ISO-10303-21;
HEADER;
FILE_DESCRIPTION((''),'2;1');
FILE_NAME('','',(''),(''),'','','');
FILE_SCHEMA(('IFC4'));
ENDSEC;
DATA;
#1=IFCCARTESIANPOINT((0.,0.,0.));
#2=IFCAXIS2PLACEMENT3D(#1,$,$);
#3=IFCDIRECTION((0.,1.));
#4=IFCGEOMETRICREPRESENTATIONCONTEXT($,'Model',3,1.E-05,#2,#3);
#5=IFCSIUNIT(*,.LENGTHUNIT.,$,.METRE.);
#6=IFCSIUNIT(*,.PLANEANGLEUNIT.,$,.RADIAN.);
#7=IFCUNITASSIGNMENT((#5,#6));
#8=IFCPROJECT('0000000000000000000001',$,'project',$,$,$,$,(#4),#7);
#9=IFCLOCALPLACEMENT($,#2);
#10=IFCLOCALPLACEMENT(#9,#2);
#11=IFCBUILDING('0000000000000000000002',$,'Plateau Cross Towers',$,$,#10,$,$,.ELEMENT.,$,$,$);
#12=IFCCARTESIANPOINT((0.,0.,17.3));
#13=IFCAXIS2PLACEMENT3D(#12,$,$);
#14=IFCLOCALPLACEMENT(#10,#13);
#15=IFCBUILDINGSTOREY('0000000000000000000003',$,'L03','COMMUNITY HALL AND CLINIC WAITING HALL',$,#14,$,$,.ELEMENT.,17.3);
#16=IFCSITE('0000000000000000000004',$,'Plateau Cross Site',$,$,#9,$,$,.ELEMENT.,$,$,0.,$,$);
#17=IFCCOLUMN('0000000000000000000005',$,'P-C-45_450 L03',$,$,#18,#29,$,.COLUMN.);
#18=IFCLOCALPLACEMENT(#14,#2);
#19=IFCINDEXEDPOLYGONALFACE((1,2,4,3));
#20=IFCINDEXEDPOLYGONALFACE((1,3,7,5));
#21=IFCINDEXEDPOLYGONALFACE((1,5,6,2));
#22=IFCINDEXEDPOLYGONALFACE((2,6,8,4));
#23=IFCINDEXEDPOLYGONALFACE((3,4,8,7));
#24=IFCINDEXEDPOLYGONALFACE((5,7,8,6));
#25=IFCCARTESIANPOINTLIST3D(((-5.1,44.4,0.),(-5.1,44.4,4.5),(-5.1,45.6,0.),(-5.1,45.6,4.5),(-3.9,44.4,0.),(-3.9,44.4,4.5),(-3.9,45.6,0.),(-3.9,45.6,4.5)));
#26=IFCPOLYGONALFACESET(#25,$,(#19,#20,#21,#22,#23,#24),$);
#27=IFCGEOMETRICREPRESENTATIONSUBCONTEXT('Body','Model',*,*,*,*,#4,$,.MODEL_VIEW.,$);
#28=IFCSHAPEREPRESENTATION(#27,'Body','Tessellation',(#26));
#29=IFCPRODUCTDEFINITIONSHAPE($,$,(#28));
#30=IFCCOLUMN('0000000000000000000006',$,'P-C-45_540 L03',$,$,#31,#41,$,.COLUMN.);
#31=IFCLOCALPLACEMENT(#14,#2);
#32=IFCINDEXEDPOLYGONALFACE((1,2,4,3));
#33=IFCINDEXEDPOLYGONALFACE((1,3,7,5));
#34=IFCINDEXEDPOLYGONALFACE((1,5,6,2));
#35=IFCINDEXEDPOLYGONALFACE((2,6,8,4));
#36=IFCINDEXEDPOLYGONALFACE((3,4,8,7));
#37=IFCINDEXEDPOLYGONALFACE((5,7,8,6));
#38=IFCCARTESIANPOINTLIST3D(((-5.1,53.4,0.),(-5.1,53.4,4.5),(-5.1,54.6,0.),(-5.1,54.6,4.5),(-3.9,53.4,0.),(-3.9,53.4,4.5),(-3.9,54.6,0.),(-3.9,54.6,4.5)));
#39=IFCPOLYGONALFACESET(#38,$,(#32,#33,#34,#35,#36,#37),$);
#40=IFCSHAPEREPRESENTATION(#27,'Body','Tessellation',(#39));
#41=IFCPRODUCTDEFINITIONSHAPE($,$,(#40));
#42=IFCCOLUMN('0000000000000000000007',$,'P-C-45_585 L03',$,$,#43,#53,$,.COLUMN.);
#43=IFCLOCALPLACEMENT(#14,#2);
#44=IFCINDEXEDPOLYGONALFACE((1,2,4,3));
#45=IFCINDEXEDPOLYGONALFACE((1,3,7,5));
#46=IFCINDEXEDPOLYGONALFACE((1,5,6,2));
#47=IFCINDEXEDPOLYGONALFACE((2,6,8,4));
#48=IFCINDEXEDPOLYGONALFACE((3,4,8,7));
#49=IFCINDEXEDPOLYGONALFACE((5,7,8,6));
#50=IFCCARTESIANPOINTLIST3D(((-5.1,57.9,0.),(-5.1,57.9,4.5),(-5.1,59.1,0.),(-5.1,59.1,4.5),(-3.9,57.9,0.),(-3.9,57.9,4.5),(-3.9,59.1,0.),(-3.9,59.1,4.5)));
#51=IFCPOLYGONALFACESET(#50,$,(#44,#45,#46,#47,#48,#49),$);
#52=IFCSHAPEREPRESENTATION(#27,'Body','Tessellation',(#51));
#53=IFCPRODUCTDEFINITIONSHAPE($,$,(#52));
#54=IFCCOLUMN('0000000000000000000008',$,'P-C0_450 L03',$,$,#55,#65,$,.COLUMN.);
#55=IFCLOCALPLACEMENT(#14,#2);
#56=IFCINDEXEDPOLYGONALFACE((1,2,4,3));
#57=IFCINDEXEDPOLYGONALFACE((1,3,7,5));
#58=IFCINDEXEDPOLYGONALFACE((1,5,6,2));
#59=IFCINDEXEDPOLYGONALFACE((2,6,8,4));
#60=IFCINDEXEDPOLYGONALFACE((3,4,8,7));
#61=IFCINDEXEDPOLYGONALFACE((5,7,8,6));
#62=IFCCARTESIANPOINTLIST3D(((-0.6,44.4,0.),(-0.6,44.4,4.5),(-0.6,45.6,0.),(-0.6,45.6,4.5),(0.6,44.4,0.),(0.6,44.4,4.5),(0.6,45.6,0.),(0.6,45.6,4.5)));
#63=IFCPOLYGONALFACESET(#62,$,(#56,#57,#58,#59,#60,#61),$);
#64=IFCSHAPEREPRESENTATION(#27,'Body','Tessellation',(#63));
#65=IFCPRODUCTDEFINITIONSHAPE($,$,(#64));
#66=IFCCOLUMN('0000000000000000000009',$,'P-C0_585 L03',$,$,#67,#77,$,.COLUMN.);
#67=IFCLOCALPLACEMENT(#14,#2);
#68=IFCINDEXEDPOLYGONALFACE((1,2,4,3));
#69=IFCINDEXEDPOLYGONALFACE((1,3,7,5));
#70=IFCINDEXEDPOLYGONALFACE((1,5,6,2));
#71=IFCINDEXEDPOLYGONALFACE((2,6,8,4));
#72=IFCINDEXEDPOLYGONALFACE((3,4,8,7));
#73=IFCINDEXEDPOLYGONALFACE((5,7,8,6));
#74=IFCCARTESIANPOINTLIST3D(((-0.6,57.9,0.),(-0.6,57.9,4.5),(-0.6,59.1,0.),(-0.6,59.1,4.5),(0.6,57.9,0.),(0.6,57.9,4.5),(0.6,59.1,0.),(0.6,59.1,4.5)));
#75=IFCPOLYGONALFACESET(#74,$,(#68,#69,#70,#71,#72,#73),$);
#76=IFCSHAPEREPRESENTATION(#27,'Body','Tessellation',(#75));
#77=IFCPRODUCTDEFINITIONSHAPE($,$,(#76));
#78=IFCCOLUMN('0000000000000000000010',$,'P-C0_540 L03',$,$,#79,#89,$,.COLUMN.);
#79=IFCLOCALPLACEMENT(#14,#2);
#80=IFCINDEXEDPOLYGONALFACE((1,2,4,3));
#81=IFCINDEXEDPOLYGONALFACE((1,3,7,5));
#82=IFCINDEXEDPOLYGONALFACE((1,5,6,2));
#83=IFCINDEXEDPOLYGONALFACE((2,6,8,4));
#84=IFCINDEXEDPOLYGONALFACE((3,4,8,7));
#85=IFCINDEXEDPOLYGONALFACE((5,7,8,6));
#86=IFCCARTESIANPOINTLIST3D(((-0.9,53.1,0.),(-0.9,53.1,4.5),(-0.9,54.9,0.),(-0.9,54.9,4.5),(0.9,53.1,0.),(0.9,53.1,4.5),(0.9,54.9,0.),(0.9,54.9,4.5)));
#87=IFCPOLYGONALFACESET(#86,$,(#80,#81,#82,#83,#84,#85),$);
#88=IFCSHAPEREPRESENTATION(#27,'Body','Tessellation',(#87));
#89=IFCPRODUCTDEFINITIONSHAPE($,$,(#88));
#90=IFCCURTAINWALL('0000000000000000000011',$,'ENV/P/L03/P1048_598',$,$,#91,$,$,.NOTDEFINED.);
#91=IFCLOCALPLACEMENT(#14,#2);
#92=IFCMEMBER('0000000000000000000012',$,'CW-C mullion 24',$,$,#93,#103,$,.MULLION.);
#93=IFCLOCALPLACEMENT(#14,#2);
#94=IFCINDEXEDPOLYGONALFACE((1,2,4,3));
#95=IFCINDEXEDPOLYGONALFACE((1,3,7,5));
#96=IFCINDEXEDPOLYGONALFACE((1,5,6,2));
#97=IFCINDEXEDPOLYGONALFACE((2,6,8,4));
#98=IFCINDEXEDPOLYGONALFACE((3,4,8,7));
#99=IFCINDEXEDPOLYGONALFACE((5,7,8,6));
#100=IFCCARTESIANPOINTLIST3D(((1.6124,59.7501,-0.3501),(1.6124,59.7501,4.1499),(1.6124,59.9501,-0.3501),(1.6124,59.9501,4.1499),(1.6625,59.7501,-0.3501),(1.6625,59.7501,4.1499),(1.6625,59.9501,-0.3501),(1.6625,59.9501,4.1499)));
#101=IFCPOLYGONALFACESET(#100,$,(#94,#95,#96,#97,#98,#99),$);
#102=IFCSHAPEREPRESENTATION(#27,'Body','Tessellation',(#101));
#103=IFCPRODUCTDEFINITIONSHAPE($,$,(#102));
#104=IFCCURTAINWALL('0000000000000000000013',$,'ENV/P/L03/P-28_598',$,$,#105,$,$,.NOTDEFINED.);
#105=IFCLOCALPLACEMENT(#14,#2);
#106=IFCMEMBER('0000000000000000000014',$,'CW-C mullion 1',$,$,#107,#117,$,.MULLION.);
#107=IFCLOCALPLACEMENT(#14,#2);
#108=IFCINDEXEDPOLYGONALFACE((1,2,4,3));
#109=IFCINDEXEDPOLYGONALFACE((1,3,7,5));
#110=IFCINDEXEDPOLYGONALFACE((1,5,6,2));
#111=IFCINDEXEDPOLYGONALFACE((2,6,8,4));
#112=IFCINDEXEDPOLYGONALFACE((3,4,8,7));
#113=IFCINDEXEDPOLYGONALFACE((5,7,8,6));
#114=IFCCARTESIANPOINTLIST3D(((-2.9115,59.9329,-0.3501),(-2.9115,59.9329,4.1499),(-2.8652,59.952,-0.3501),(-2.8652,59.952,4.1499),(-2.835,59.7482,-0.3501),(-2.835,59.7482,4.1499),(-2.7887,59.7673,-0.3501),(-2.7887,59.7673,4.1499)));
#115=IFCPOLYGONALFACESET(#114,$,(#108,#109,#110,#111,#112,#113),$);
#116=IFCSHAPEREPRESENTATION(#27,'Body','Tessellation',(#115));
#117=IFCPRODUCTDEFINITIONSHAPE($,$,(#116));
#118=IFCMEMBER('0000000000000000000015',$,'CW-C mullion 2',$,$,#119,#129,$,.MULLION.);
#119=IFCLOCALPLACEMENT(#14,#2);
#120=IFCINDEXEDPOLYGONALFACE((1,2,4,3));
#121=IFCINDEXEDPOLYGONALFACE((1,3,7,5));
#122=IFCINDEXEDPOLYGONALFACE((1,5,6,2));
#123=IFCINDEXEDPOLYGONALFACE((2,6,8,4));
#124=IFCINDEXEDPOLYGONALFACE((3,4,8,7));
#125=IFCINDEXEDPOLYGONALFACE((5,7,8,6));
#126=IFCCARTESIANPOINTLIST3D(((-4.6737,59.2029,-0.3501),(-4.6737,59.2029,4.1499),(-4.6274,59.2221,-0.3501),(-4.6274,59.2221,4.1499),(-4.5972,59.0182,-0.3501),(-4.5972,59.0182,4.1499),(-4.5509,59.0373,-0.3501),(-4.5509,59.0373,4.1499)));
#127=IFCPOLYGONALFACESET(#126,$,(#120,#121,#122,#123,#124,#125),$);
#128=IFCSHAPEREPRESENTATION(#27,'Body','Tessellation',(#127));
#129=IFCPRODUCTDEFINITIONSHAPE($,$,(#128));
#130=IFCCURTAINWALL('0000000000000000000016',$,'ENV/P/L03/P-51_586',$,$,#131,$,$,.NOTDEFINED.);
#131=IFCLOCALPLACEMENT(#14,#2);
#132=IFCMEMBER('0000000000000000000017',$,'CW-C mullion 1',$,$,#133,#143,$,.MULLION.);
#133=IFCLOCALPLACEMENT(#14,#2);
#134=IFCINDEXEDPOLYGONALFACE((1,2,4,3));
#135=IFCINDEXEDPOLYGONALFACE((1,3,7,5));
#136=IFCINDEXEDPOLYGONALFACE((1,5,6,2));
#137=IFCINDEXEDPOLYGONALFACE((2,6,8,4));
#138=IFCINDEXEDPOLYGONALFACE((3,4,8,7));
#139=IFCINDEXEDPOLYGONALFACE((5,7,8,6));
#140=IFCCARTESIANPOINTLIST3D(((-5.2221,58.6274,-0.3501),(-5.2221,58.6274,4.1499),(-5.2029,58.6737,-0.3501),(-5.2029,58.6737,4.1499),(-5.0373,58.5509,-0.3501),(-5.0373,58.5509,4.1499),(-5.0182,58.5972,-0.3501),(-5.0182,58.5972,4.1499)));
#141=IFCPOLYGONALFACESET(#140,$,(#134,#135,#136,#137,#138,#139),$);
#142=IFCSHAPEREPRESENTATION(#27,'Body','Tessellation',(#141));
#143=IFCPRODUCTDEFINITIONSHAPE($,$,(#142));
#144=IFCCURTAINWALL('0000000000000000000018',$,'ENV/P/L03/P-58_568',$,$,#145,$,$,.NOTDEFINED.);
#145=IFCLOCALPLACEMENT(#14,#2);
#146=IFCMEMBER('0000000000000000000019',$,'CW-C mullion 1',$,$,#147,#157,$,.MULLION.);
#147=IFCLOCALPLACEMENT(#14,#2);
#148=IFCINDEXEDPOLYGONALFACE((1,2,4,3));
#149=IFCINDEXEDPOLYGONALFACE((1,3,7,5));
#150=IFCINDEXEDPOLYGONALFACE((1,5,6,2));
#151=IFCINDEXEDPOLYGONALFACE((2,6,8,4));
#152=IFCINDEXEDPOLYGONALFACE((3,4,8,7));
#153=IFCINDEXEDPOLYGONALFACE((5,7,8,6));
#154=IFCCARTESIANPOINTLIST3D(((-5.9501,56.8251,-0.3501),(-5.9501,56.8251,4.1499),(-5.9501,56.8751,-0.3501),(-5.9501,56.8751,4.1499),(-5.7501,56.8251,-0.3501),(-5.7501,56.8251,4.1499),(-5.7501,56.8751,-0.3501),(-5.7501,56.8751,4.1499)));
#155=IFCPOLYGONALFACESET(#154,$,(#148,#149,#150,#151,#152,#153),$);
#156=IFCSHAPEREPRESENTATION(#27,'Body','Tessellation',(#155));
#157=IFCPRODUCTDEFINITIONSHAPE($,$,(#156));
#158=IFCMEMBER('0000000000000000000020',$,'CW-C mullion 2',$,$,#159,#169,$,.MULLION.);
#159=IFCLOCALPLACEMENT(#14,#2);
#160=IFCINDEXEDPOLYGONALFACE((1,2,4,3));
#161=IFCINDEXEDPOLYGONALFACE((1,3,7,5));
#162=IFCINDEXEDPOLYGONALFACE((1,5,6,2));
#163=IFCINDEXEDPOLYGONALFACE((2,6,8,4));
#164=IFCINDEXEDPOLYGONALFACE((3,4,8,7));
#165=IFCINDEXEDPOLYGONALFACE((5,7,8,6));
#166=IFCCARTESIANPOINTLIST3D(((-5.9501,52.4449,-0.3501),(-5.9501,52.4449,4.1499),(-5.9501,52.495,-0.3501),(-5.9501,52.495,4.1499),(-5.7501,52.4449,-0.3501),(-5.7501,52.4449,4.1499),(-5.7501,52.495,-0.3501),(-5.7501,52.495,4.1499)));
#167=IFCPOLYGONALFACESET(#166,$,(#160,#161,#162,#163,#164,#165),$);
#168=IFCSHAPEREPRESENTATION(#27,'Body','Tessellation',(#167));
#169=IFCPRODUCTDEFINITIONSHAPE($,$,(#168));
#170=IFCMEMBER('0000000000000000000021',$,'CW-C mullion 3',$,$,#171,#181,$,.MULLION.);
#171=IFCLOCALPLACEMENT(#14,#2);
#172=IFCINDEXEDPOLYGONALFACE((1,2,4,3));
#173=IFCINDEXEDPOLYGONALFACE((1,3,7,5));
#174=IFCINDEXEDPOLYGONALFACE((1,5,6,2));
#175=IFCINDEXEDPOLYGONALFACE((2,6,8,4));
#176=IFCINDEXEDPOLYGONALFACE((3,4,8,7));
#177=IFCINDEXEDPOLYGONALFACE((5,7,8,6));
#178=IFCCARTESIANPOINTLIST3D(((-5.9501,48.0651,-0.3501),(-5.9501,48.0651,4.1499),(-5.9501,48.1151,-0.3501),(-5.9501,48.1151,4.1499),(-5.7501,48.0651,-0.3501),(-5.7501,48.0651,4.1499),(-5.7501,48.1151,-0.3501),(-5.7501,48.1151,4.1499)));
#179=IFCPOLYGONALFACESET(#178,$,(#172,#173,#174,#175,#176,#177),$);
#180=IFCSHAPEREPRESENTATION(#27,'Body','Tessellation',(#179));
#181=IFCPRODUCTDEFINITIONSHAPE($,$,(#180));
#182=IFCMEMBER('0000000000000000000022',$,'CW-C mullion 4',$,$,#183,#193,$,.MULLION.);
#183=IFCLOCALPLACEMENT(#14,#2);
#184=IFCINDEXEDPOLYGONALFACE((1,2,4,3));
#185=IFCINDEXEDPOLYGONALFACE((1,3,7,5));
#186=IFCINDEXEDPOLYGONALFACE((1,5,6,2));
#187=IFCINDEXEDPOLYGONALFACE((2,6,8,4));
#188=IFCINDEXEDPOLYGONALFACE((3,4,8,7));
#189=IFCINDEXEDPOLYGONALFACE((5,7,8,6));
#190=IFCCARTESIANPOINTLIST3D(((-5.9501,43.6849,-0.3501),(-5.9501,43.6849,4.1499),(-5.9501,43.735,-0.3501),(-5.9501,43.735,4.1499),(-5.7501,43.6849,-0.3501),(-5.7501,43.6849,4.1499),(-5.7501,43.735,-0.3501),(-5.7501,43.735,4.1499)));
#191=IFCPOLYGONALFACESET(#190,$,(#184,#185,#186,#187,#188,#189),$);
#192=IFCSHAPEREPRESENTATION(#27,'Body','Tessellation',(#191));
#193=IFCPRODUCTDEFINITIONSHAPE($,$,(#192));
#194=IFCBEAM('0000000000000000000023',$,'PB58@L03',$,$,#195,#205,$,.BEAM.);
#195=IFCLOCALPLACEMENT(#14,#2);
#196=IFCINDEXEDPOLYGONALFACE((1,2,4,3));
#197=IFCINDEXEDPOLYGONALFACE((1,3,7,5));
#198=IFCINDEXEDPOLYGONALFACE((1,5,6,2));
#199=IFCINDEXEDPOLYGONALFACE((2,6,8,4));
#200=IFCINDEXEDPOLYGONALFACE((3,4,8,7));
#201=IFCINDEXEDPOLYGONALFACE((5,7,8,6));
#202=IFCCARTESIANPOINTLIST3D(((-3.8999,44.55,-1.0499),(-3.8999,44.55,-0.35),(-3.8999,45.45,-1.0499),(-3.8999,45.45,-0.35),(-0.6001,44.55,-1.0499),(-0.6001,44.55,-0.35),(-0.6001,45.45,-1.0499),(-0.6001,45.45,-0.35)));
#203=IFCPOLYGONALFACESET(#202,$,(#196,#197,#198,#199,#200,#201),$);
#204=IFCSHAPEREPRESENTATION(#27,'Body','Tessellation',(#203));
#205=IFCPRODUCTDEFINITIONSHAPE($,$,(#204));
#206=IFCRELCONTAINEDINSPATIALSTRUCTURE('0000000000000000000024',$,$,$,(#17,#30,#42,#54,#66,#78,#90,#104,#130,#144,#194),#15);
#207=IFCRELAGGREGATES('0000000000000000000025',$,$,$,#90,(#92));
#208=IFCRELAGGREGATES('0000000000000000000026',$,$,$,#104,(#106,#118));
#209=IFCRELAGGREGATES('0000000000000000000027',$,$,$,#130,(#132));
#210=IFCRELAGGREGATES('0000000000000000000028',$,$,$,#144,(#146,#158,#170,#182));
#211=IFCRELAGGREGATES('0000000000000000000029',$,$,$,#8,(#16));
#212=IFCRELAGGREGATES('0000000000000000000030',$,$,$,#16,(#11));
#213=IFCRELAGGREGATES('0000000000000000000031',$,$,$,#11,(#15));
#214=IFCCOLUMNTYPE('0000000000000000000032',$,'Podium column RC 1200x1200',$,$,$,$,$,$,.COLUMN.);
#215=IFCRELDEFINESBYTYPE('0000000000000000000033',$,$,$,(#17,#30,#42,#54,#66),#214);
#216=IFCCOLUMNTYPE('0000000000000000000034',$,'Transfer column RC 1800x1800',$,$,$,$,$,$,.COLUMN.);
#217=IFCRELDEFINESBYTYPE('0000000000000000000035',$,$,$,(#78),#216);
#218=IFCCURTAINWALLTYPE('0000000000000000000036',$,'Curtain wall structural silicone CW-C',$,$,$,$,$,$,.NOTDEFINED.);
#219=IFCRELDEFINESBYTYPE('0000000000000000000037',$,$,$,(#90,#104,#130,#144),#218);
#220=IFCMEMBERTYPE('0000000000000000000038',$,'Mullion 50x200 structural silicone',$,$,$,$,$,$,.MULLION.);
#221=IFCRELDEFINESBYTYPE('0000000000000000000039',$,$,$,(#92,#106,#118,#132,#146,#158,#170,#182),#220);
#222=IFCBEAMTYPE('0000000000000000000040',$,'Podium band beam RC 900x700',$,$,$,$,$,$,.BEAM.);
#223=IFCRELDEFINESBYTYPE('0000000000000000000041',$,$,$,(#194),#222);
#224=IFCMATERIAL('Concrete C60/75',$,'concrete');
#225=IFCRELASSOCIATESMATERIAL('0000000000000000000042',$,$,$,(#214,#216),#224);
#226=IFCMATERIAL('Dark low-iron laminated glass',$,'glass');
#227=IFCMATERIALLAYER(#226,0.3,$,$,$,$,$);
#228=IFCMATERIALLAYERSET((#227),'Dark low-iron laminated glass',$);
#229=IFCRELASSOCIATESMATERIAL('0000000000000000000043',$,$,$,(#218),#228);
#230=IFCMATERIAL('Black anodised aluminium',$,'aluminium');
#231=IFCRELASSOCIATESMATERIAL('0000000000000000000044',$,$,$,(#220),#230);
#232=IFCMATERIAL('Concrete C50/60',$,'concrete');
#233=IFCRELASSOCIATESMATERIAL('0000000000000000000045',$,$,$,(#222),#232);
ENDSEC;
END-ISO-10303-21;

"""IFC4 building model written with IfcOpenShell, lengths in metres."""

from ifc_helpers import new_model, si_unit, direction, frame, origin, origin_2d, place, context, subcontext, project, spatial, rectangle, extrude, material, layer, layer_set, material_profile, profile_set, type_object, element, aggregate, save


model = new_model("IFC4")

# Units and contexts
model_context = context("Model", 3, precision=1e-05, world=origin(), true_north=direction((0.0, 1.0)))
body_context = subcontext(model_context, "Body", "Model", "MODEL_VIEW")
ifc_project = project(units=[si_unit("LENGTHUNIT", "METRE"), si_unit("PLANEANGLEUNIT", "RADIAN")], contexts=[model_context])

# Site, building, storey
site_placement = place(None, origin())
site = spatial("IfcSite", under=ifc_project, at=site_placement, Name="Plateau Cross Site", CompositionType="ELEMENT", RefElevation=0.0)
building_placement = place(site_placement, origin())
building = spatial("IfcBuilding", under=site, at=building_placement, Name="Plateau Cross Towers", CompositionType="ELEMENT")
storey_placement = place(building_placement, frame((0.0, 0.0, 17.3)))
storey = spatial("IfcBuildingStorey", under=building, at=storey_placement, Name="L03", Description="COMMUNITY HALL AND CLINIC WAITING HALL", CompositionType="ELEMENT", Elevation=17.3)

# Columns
ifc_material_1 = material(Name="Concrete C60/75", Category="concrete")
ifc_material_profile_1 = material_profile(ifc_material_1, rectangle(XDim=1.2, YDim=1.2, at=origin_2d()), Name="RC 1200x1200")
ifc_profile_set_1 = profile_set([ifc_material_profile_1], Name="Concrete C60/75")
column_type_1 = type_object("IfcColumnType", Name="Podium column RC 1200x1200", PredefinedType="COLUMN", material=ifc_profile_set_1)
for number, where, z_axis, x_axis, name in (
    (1, (-4.5, 45.0, 0.0), (0.0, 0.0, 1.0), (1.0, 0.0, 0.0), "P-C-45_450 L03"),
    (2, (-4.5, 54.0, 0.0), (0.0, 0.0, 1.0), (1.0, 0.0, 0.0), "P-C-45_540 L03"),
    (3, (-4.5, 58.5, 0.0), (0.0, 0.0, 1.0), (1.0, 0.0, 0.0), "P-C-45_585 L03"),
    (4, (0.0, 45.0, 0.0), (0.0, 0.0, 1.0), (1.0, 0.0, 0.0), "P-C0_450 L03"),
    (5, (0.0, 58.5, 0.0), (0.0, 0.0, 1.0), (1.0, 0.0, 0.0), "P-C0_585 L03"),
):
    element("IfcColumn", number, at=place(storey_placement, frame(where, z_axis=z_axis, x_axis=x_axis)), inside=storey, type_object=column_type_1, Name=name, PredefinedType="COLUMN", context=body_context, shape_type="SweptSolid", body=[
        extrude(rectangle(XDim=1.2, YDim=1.2, at=origin_2d()), origin(), (0.0, 0.0, 1.0), 4.5),
    ])
ifc_material_profile_2 = material_profile(ifc_material_1, rectangle(XDim=1.8, YDim=1.8, at=origin_2d()), Name="RC 1800x1800")
ifc_profile_set_2 = profile_set([ifc_material_profile_2], Name="Concrete C60/75")
column_type_2 = type_object("IfcColumnType", Name="Transfer column RC 1800x1800", PredefinedType="COLUMN", material=ifc_profile_set_2)
column_placement = place(storey_placement, frame((0.0, 54.0, 0.0), z_axis=(0.0, 0.0, 1.0), x_axis=(1.0, 0.0, 0.0)))
element("IfcColumn", 6, at=column_placement, inside=storey, type_object=column_type_2, Name="P-C0_540 L03", PredefinedType="COLUMN", context=body_context, shape_type="SweptSolid", body=[
    extrude(rectangle(XDim=1.8, YDim=1.8, at=origin_2d()), origin(), (0.0, 0.0, 1.0), 4.5),
])

# Curtain wall, member
ifc_material_2 = material(Name="Dark low-iron laminated glass", Category="glass")
ifc_layer_1 = layer(ifc_material_2, 0.3)
ifc_layer_set_1 = layer_set([ifc_layer_1], Name="Dark low-iron laminated glass")
curtain_wall_type = type_object("IfcCurtainWallType", Name="Curtain wall structural silicone CW-C", PredefinedType="NOTDEFINED", material=ifc_layer_set_1)
curtain_wall_1_placement = place(storey_placement, origin())
curtain_wall_1 = element("IfcCurtainWall", 7, at=curtain_wall_1_placement, inside=storey, type_object=curtain_wall_type, Name="ENV/P/L03/P1048_598", PredefinedType="NOTDEFINED")
ifc_material_3 = material(Name="Black anodised aluminium", Category="aluminium")
ifc_material_profile_3 = material_profile(ifc_material_3, rectangle(XDim=0.05, YDim=0.2, at=origin_2d()), Name="MULLION 50x200")
ifc_profile_set_3 = profile_set([ifc_material_profile_3], Name="Black anodised aluminium")
member_type_1 = type_object("IfcMemberType", Name="Mullion 50x200 structural silicone", PredefinedType="MULLION", material=ifc_profile_set_3)
member_1_placement = place(storey_placement, frame((1.6375, 59.8501, -0.3501), z_axis=(0.0, 0.0, 1.0), x_axis=(-1.0, 0.0, 0.0)))
member_1 = element("IfcMember", 8, at=member_1_placement, type_object=member_type_1, Name="CW-C mullion 24", PredefinedType="MULLION", context=body_context, shape_type="SweptSolid", body=[
    extrude(rectangle(XDim=0.05, YDim=0.2, at=origin_2d()), origin(), (0.0, 0.0, 1.0), 4.5),
])

# Curtain wall, members
curtain_wall_2_placement = place(storey_placement, origin())
curtain_wall_2 = element("IfcCurtainWall", 9, at=curtain_wall_2_placement, inside=storey, type_object=curtain_wall_type, Name="ENV/P/L03/P-28_598", PredefinedType="NOTDEFINED")
member_2_placement = place(storey_placement, frame((-2.8501, 59.8501, -0.3501), z_axis=(0.0, 0.0, 1.0), x_axis=(-0.923879, -0.382684, 0.0)))
member_2 = element("IfcMember", 10, at=member_2_placement, type_object=member_type_1, Name="CW-C mullion 1", PredefinedType="MULLION", context=body_context, shape_type="SweptSolid", body=[
    extrude(rectangle(XDim=0.05, YDim=0.2, at=origin_2d()), origin(), (0.0, 0.0, 1.0), 4.5),
])
member_3_placement = place(storey_placement, frame((-4.6123, 59.1201, -0.3501), z_axis=(0.0, 0.0, 1.0), x_axis=(-0.923879, -0.382684, 0.0)))
member_3 = element("IfcMember", 11, at=member_3_placement, type_object=member_type_1, Name="CW-C mullion 2", PredefinedType="MULLION", context=body_context, shape_type="SweptSolid", body=[
    extrude(rectangle(XDim=0.05, YDim=0.2, at=origin_2d()), origin(), (0.0, 0.0, 1.0), 4.5),
])

# Curtain wall, member
curtain_wall_3_placement = place(storey_placement, origin())
curtain_wall_3 = element("IfcCurtainWall", 12, at=curtain_wall_3_placement, inside=storey, type_object=curtain_wall_type, Name="ENV/P/L03/P-51_586", PredefinedType="NOTDEFINED")
member_4_placement = place(storey_placement, frame((-5.1201, 58.6123, -0.3501), z_axis=(0.0, 0.0, 1.0), x_axis=(-0.382684, -0.923879, 0.0)))
member_4 = element("IfcMember", 13, at=member_4_placement, type_object=member_type_1, Name="CW-C mullion 1", PredefinedType="MULLION", context=body_context, shape_type="SweptSolid", body=[
    extrude(rectangle(XDim=0.05, YDim=0.2, at=origin_2d()), origin(), (0.0, 0.0, 1.0), 4.5),
])

# Curtain wall, members
curtain_wall_4_placement = place(storey_placement, origin())
curtain_wall_4 = element("IfcCurtainWall", 14, at=curtain_wall_4_placement, inside=storey, type_object=curtain_wall_type, Name="ENV/P/L03/P-58_568", PredefinedType="NOTDEFINED")
member_5_placement = place(storey_placement, frame((-5.8501, 56.8501, -0.3501), z_axis=(0.0, 0.0, 1.0), x_axis=(0.0, -1.0, 0.0)))
member_5 = element("IfcMember", 15, at=member_5_placement, type_object=member_type_1, Name="CW-C mullion 1", PredefinedType="MULLION", context=body_context, shape_type="SweptSolid", body=[
    extrude(rectangle(XDim=0.05, YDim=0.2, at=origin_2d()), origin(), (0.0, 0.0, 1.0), 4.5),
])
member_6_placement = place(storey_placement, frame((-5.8501, 52.47, -0.3501), z_axis=(0.0, 0.0, 1.0), x_axis=(0.0, -1.0, 0.0)))
member_6 = element("IfcMember", 16, at=member_6_placement, type_object=member_type_1, Name="CW-C mullion 2", PredefinedType="MULLION", context=body_context, shape_type="SweptSolid", body=[
    extrude(rectangle(XDim=0.05, YDim=0.2, at=origin_2d()), origin(), (0.0, 0.0, 1.0), 4.5),
])
member_7_placement = place(storey_placement, frame((-5.8501, 48.0901, -0.3501), z_axis=(0.0, 0.0, 1.0), x_axis=(0.0, -1.0, 0.0)))
member_7 = element("IfcMember", 17, at=member_7_placement, type_object=member_type_1, Name="CW-C mullion 3", PredefinedType="MULLION", context=body_context, shape_type="SweptSolid", body=[
    extrude(rectangle(XDim=0.05, YDim=0.2, at=origin_2d()), origin(), (0.0, 0.0, 1.0), 4.5),
])
member_8_placement = place(storey_placement, frame((-5.8501, 43.71, -0.3501), z_axis=(0.0, 0.0, 1.0), x_axis=(0.0, -1.0, 0.0)))
member_8 = element("IfcMember", 18, at=member_8_placement, type_object=member_type_1, Name="CW-C mullion 4", PredefinedType="MULLION", context=body_context, shape_type="SweptSolid", body=[
    extrude(rectangle(XDim=0.05, YDim=0.2, at=origin_2d()), origin(), (0.0, 0.0, 1.0), 4.5),
])

# Beam
ifc_material_4 = material(Name="Concrete C50/60", Category="concrete")
ifc_material_profile_4 = material_profile(ifc_material_4, rectangle(XDim=0.8999, YDim=0.7, at=origin_2d()), Name="RC 900x700")
ifc_profile_set_4 = profile_set([ifc_material_profile_4], Name="Concrete C50/60")
beam_type = type_object("IfcBeamType", Name="Podium band beam RC 900x700", PredefinedType="BEAM", material=ifc_profile_set_4)
beam_1_placement = place(storey_placement, frame((-3.8999, 45.0, -0.7), z_axis=(1.0, 0.0, 0.0), x_axis=(0.0, 1.0, 0.0)))
element("IfcBeam", 19, at=beam_1_placement, inside=storey, type_object=beam_type, Name="PB58@L03", PredefinedType="BEAM", context=body_context, shape_type="SweptSolid", body=[
    extrude(rectangle(XDim=0.8999, YDim=0.7, at=origin_2d()), origin(), (0.0, 0.0, 1.0), 3.2998),
])

aggregate(curtain_wall_1, [member_1])
aggregate(curtain_wall_2, [member_2, member_3])
aggregate(curtain_wall_3, [member_4])
aggregate(curtain_wall_4, [member_5, member_6, member_7, member_8])

save(model, "model.ifc")
